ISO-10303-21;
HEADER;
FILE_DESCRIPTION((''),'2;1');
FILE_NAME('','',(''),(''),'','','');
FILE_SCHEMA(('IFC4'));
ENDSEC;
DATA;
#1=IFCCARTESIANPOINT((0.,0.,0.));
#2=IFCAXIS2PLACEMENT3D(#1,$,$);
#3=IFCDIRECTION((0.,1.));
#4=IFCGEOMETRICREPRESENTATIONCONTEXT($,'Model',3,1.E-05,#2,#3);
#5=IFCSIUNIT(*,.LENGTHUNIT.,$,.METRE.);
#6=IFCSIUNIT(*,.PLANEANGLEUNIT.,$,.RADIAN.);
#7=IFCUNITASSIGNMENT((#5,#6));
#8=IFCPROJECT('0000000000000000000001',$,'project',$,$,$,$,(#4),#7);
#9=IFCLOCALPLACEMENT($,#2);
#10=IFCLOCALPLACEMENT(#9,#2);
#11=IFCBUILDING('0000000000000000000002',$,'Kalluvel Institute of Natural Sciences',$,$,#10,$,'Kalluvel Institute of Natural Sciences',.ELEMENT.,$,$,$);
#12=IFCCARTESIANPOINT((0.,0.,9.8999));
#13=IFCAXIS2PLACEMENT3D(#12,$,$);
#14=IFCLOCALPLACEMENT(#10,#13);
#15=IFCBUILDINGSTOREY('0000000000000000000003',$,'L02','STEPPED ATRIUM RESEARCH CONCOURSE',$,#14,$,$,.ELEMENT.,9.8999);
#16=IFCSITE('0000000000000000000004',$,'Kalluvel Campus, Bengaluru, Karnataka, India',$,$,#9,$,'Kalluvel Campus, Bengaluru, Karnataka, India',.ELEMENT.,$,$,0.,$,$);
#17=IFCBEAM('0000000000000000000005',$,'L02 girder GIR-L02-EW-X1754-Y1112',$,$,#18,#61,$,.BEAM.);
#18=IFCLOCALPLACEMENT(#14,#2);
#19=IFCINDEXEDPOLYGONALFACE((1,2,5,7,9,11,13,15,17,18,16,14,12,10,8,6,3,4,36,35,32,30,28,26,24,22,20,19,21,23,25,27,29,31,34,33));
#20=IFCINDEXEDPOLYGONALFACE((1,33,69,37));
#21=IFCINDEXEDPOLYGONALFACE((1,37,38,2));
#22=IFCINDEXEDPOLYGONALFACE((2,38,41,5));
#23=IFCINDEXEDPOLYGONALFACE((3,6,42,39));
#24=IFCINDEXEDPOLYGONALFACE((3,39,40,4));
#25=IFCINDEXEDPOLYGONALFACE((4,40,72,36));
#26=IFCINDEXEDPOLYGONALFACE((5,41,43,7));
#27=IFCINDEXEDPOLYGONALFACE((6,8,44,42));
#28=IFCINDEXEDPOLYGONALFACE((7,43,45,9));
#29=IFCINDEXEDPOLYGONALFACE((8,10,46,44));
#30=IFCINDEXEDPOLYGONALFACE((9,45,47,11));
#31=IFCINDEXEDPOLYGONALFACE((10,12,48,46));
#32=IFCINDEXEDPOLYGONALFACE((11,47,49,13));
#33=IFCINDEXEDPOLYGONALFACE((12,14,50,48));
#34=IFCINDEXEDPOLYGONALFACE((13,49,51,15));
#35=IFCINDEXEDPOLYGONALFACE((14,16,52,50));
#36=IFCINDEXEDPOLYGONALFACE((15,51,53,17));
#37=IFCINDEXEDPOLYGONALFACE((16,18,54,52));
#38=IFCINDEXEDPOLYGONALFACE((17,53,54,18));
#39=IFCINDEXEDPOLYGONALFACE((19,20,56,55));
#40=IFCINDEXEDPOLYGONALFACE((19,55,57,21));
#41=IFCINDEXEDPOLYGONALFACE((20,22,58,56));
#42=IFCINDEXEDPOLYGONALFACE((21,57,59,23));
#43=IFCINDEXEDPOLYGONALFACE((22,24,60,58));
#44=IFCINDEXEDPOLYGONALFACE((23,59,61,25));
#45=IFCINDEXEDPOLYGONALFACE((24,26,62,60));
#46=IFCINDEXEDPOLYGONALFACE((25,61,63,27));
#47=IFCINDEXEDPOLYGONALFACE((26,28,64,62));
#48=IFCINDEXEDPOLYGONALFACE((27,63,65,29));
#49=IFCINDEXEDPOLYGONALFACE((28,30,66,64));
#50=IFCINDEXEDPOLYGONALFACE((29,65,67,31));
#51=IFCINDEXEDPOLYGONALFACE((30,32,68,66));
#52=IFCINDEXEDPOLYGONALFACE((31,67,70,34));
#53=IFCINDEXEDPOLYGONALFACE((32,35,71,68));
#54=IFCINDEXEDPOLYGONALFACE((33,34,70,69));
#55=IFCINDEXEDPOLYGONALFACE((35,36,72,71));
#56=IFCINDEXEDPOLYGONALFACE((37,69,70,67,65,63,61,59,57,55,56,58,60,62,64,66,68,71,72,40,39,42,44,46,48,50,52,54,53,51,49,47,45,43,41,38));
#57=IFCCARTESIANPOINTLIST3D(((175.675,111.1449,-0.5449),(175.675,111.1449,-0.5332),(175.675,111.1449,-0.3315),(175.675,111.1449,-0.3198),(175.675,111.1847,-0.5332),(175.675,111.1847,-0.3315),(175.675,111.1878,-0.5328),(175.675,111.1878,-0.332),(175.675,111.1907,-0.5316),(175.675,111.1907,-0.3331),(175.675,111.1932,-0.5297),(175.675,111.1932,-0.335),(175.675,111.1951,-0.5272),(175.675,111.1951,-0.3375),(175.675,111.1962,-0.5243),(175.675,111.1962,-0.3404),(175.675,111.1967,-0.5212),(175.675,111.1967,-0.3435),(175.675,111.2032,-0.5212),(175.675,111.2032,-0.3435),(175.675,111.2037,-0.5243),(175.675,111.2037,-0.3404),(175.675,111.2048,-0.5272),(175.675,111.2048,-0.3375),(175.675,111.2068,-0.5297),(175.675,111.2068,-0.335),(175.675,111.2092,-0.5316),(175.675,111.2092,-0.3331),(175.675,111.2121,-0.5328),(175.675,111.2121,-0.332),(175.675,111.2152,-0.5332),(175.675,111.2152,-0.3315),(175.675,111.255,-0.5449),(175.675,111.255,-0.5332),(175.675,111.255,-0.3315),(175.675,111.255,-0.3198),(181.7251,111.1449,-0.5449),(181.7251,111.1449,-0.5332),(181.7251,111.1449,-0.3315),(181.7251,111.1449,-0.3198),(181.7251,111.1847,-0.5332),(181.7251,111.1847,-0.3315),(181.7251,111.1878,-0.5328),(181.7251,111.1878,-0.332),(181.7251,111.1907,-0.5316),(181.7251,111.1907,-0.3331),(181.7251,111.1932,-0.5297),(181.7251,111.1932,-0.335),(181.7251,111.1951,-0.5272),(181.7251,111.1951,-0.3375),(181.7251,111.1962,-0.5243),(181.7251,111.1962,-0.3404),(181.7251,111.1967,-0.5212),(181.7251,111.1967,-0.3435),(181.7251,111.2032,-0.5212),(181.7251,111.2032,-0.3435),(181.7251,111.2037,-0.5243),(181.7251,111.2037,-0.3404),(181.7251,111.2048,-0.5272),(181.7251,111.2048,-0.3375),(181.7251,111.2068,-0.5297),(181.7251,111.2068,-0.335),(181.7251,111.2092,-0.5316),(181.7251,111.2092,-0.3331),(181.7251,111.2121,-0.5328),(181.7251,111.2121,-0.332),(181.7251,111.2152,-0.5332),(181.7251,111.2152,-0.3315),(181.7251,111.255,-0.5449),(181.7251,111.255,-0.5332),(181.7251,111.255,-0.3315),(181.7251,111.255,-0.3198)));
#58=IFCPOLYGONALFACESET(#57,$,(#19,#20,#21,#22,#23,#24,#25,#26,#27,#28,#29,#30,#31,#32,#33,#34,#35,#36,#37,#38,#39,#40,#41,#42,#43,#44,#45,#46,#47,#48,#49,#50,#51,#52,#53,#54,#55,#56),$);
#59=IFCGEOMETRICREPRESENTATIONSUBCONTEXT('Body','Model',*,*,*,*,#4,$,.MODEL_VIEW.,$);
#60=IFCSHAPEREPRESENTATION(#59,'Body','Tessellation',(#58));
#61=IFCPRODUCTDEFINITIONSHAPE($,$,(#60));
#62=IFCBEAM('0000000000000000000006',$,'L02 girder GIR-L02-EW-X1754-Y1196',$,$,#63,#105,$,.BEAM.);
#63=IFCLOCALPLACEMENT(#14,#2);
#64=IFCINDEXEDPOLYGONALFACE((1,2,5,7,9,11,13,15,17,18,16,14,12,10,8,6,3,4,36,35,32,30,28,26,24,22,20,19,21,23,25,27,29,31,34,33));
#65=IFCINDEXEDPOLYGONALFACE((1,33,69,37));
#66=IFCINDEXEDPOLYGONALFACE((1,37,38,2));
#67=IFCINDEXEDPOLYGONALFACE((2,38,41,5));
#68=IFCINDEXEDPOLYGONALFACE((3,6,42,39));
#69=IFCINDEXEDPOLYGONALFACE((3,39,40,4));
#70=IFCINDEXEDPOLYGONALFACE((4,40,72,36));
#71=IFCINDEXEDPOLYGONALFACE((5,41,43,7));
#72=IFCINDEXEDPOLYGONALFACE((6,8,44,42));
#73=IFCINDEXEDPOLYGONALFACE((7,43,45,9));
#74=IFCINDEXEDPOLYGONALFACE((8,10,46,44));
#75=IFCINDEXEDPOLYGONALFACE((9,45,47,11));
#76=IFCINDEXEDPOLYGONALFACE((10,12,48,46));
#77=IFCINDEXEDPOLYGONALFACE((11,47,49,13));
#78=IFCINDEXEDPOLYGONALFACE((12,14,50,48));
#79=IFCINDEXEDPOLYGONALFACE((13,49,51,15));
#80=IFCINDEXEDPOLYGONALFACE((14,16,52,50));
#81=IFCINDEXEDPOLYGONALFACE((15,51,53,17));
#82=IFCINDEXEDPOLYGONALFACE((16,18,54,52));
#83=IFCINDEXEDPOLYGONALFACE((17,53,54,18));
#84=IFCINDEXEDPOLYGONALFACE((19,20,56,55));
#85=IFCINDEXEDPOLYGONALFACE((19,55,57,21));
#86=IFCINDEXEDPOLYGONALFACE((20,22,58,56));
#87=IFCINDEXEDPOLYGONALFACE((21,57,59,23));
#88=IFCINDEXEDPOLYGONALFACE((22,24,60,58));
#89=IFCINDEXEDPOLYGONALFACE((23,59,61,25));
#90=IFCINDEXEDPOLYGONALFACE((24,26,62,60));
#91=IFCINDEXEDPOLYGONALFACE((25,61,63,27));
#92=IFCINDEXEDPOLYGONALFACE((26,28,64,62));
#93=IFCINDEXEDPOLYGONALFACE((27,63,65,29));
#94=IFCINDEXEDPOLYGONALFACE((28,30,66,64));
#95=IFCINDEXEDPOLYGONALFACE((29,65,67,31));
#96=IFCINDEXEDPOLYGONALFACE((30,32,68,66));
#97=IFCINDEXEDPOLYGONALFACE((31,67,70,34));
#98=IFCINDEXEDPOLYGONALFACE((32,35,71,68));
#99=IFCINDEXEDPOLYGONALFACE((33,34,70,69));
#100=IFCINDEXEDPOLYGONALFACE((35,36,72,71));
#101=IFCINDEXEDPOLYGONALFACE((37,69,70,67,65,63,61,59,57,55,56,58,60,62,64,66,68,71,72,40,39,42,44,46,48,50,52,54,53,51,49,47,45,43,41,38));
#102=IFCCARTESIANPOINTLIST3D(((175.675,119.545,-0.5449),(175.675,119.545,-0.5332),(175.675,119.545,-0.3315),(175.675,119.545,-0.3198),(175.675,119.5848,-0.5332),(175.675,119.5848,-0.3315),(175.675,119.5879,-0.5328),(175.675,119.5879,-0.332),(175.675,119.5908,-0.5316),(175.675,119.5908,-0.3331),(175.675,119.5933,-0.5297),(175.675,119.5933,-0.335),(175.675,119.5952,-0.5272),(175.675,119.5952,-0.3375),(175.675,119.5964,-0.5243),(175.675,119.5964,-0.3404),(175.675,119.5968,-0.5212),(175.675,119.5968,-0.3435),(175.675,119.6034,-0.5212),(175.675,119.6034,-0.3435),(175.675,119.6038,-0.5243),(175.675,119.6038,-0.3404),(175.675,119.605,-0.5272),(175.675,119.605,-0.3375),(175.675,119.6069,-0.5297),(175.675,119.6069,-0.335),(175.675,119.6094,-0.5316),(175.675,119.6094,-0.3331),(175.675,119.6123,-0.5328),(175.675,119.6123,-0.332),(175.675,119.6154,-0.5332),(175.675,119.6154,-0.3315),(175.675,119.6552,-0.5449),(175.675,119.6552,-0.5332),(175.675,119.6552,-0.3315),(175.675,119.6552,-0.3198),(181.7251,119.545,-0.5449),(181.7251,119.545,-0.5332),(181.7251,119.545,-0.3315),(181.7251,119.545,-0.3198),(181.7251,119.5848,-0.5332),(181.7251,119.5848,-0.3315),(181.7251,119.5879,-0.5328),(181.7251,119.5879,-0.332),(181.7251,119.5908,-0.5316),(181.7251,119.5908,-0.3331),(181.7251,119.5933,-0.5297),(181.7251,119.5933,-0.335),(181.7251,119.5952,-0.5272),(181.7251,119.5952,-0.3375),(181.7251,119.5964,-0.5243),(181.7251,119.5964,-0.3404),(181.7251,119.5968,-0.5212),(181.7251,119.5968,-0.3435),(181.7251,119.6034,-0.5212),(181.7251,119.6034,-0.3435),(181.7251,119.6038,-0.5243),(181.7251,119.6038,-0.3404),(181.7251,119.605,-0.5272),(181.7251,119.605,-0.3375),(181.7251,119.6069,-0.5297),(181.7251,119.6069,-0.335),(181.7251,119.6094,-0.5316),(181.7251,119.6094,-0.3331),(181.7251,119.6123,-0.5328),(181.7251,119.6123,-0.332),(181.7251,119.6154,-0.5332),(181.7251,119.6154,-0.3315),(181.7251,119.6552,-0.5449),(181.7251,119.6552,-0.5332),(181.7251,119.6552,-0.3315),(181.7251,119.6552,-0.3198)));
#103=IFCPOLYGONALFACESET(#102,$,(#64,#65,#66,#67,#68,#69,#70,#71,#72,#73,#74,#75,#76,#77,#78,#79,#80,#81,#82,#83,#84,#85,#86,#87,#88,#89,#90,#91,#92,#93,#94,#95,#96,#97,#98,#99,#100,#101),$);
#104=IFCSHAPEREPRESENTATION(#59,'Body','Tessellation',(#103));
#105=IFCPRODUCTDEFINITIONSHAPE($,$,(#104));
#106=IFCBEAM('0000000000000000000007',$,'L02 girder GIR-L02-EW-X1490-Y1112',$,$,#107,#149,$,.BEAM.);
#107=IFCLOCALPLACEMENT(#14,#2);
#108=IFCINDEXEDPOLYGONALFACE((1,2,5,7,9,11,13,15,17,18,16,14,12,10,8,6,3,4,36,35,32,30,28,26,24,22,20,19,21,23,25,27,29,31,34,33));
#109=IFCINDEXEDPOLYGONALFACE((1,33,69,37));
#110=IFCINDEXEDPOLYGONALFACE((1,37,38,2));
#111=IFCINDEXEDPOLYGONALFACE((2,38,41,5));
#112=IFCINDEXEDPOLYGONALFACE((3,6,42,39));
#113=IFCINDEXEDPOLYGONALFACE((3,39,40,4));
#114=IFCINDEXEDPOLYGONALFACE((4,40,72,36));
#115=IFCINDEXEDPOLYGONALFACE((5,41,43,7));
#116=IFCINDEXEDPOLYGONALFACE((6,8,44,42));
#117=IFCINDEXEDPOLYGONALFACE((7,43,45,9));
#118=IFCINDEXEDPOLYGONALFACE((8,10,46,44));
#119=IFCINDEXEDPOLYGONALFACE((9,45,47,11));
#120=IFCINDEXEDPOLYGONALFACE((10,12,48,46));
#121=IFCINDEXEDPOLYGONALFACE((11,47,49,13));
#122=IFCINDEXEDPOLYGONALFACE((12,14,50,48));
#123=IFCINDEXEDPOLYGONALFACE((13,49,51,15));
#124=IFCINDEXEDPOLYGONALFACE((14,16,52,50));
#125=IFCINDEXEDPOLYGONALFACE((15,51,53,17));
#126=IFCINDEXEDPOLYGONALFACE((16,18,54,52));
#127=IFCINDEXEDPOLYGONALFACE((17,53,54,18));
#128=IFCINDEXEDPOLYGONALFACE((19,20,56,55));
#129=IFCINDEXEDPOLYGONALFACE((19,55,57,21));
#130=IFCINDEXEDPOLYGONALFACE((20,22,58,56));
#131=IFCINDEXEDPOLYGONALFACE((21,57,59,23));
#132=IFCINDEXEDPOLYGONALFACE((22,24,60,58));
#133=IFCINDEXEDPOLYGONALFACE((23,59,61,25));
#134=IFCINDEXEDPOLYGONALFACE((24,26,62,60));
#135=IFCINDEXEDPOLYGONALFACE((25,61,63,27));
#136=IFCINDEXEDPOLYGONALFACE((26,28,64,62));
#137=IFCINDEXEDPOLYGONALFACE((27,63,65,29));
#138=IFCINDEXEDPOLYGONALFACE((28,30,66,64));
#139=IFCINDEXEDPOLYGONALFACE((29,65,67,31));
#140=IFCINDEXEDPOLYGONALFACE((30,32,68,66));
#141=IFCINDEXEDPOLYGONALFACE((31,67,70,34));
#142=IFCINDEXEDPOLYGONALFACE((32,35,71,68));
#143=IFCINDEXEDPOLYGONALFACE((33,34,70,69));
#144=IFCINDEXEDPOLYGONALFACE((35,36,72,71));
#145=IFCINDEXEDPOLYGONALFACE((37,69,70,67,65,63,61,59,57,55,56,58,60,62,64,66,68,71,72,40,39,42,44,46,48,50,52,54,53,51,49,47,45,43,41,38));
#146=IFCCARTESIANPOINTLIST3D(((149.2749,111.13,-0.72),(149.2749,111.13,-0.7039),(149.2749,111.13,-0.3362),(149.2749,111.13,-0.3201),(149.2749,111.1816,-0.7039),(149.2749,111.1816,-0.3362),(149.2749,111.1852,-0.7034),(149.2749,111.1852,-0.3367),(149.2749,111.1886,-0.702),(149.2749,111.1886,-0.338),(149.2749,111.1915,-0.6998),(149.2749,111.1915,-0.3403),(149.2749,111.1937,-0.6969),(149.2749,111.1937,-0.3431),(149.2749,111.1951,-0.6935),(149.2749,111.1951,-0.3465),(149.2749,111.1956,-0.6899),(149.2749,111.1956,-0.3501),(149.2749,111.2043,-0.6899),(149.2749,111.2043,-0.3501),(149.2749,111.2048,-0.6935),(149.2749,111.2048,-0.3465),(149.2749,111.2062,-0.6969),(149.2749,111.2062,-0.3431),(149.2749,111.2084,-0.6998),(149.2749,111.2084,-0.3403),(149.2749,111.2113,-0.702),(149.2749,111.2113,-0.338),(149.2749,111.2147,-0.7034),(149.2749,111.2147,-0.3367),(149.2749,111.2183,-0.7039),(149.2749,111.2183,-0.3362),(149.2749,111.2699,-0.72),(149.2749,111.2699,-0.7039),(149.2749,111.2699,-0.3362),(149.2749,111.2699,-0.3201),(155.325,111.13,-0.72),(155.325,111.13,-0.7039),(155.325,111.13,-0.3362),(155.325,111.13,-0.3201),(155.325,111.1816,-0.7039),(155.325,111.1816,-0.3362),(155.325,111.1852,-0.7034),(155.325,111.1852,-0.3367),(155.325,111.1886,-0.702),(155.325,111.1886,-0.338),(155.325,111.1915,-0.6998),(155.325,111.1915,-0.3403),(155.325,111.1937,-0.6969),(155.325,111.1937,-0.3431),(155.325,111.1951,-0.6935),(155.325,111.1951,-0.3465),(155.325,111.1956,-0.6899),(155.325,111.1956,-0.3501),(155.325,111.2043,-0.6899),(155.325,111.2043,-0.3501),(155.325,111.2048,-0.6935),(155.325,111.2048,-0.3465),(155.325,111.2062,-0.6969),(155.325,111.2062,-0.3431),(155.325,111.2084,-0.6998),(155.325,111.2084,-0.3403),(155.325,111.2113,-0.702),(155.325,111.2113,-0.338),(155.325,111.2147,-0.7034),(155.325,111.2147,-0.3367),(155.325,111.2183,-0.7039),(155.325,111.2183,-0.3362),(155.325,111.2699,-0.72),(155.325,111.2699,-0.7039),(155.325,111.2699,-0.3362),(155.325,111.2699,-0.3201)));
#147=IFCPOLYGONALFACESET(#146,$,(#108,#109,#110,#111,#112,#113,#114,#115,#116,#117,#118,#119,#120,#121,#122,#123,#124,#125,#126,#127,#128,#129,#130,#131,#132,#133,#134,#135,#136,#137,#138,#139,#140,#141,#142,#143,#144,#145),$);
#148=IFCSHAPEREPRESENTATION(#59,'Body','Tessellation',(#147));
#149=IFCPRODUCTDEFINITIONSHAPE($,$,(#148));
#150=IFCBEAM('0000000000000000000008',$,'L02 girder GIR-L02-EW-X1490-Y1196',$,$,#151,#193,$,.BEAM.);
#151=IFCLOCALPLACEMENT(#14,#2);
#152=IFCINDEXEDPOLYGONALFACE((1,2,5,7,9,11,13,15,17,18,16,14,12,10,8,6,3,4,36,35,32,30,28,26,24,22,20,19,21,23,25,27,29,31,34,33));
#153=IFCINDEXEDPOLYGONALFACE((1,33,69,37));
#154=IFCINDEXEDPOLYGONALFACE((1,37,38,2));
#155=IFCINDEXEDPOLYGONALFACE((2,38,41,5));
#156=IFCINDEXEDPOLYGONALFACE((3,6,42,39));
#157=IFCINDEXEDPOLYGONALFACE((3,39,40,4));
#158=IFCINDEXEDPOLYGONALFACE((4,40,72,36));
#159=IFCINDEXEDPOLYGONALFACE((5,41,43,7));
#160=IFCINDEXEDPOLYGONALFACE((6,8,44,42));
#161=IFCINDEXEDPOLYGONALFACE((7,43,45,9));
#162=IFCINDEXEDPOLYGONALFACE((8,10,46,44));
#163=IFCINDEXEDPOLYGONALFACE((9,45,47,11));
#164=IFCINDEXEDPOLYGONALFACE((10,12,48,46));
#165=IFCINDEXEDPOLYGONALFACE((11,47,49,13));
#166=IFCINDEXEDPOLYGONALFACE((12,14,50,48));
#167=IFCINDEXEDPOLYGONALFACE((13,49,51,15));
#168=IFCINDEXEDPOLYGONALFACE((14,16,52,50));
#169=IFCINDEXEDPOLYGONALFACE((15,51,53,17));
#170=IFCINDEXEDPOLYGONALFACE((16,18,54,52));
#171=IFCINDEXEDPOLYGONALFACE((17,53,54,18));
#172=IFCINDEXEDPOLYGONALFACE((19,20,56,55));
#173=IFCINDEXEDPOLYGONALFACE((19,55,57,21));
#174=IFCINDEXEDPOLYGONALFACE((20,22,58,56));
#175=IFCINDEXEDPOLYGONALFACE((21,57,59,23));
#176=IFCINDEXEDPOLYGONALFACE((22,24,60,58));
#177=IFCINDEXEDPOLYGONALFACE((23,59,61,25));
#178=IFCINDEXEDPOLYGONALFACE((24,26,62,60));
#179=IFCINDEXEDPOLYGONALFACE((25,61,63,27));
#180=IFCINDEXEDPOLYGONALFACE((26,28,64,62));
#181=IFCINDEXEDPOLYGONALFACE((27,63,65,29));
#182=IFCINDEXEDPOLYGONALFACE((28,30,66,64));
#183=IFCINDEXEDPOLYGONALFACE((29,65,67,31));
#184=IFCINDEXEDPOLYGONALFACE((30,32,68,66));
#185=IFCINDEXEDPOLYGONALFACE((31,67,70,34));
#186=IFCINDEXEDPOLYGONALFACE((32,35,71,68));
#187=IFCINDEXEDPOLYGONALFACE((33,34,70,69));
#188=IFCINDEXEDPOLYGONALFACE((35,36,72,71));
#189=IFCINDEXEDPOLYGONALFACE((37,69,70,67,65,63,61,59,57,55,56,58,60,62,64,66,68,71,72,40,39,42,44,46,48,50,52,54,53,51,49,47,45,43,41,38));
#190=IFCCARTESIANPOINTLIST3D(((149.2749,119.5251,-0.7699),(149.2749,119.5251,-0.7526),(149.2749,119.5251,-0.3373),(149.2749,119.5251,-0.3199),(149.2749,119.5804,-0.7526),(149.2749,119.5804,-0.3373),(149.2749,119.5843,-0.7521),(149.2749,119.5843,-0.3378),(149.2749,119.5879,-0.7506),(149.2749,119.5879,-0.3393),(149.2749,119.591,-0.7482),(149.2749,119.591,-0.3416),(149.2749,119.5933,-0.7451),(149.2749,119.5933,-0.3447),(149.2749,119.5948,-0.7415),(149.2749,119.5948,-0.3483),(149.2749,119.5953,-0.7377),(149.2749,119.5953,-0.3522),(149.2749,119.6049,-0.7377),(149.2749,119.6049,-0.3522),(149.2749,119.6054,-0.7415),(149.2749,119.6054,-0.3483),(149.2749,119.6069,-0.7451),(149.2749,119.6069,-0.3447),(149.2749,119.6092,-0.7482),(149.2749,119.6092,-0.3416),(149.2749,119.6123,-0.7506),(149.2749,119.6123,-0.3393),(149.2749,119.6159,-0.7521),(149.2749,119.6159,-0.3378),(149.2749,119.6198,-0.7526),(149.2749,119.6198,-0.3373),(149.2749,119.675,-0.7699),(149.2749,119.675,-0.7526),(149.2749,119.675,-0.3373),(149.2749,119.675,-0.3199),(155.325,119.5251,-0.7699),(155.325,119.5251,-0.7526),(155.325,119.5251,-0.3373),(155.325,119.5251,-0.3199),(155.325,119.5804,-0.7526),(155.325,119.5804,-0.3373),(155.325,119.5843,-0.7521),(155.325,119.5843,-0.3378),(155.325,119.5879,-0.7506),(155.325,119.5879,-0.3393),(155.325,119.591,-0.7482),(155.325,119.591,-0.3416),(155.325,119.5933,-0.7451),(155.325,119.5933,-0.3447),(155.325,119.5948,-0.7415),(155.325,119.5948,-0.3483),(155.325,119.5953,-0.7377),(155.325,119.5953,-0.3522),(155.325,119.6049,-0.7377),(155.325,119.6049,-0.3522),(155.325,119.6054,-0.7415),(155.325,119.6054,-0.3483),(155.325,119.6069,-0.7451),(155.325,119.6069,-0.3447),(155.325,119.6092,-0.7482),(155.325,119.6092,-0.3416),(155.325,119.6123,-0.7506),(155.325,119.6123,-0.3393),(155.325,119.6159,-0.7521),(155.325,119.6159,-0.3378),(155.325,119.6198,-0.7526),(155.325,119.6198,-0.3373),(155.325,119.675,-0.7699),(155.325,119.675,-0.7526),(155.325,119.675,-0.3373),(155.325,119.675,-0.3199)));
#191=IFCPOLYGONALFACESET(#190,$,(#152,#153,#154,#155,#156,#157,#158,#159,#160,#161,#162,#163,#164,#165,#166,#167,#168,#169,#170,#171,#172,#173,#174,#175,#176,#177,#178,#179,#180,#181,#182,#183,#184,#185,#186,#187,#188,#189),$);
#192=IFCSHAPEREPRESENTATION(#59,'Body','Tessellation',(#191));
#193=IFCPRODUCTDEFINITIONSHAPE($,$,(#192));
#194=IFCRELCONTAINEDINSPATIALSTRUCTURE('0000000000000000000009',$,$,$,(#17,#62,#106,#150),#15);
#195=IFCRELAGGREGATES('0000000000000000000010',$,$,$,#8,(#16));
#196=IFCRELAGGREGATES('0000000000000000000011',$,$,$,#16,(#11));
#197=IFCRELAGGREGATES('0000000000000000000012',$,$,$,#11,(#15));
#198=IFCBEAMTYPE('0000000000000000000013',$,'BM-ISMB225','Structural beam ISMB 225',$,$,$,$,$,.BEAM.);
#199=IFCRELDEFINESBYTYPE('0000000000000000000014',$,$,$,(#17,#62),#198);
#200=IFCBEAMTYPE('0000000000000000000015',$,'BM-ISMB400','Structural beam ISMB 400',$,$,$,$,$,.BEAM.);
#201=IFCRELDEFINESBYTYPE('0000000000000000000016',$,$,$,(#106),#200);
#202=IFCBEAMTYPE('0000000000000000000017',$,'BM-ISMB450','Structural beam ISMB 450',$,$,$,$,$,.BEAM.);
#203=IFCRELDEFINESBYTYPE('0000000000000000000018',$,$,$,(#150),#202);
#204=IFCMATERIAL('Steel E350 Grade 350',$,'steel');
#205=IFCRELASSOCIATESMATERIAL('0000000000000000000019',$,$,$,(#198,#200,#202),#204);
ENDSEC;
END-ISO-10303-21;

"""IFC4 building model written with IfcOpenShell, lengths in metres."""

from ifc_helpers import new_model, si_unit, direction, frame, origin, origin_2d, place, context, subcontext, project, spatial, i_section, extrude, material, material_profile, profile_set, type_object, element, save


model = new_model("IFC4")

# Units and contexts
model_context = context("Model", 3, precision=1e-05, world=origin(), true_north=direction((0.0, 1.0)))
body_context = subcontext(model_context, "Body", "Model", "MODEL_VIEW")
ifc_project = project(units=[si_unit("LENGTHUNIT", "METRE"), si_unit("PLANEANGLEUNIT", "RADIAN")], contexts=[model_context])

# Site, building, storey
site_placement = place(None, origin())
site = spatial("IfcSite", under=ifc_project, at=site_placement, Name="Kalluvel Campus, Bengaluru, Karnataka, India", LongName="Kalluvel Campus, Bengaluru, Karnataka, India", CompositionType="ELEMENT", RefElevation=0.0)
building_placement = place(site_placement, origin())
building = spatial("IfcBuilding", under=site, at=building_placement, Name="Kalluvel Institute of Natural Sciences", LongName="Kalluvel Institute of Natural Sciences", CompositionType="ELEMENT")
storey_placement = place(building_placement, frame((0.0, 0.0, 9.8999)))
storey = spatial("IfcBuildingStorey", under=building, at=storey_placement, Name="L02", Description="STEPPED ATRIUM RESEARCH CONCOURSE", CompositionType="ELEMENT", Elevation=9.8999)

# Beams
ifc_material_1 = material(Name="Steel E350 Grade 350", Category="steel")
ifc_material_profile_1 = material_profile(ifc_material_1, i_section(OverallWidth=0.1101, OverallDepth=0.2251, WebThickness=0.0066, FlangeThickness=0.0117, FilletRadius=0.012, at=origin_2d()), Name="ISMB 225")
ifc_profile_set_1 = profile_set([ifc_material_profile_1], Name="Steel E350 Grade 350")
beam_type_1 = type_object("IfcBeamType", Name="BM-ISMB225", Description="Structural beam ISMB 225", PredefinedType="BEAM", material=ifc_profile_set_1)
for number, where, z_axis, x_axis, name in (
    (1, (175.675, 111.2, -0.4324), (1.0, 0.0, 0.0), (0.0, 1.0, 0.0), "L02 girder GIR-L02-EW-X1754-Y1112"),
    (2, (175.675, 119.6001, -0.4324), (1.0, 0.0, 0.0), (0.0, 1.0, 0.0), "L02 girder GIR-L02-EW-X1754-Y1196"),
):
    element("IfcBeam", number, at=place(storey_placement, frame(where, z_axis=z_axis, x_axis=x_axis)), inside=storey, type_object=beam_type_1, Name=name, PredefinedType="BEAM", context=body_context, shape_type="SweptSolid", body=[
        extrude(i_section(OverallWidth=0.1101, OverallDepth=0.2251, WebThickness=0.0066, FlangeThickness=0.0117, FilletRadius=0.012, at=origin_2d()), origin(), (0.0, 0.0, 1.0), 6.05),
    ])
ifc_material_profile_2 = material_profile(ifc_material_1, i_section(OverallWidth=0.1399, OverallDepth=0.3999, WebThickness=0.0088, FlangeThickness=0.0161, FilletRadius=0.0139, at=origin_2d()), Name="ISMB 400")
ifc_profile_set_2 = profile_set([ifc_material_profile_2], Name="Steel E350 Grade 350")
beam_type_2 = type_object("IfcBeamType", Name="BM-ISMB400", Description="Structural beam ISMB 400", PredefinedType="BEAM", material=ifc_profile_set_2)
beam_1_placement = place(storey_placement, frame((149.2749, 111.2, -0.52), z_axis=(1.0, 0.0, 0.0), x_axis=(0.0, 1.0, 0.0)))
element("IfcBeam", 3, at=beam_1_placement, inside=storey, type_object=beam_type_2, Name="L02 girder GIR-L02-EW-X1490-Y1112", PredefinedType="BEAM", context=body_context, shape_type="SweptSolid", body=[
    extrude(i_section(OverallWidth=0.1399, OverallDepth=0.3999, WebThickness=0.0088, FlangeThickness=0.0161, FilletRadius=0.0139, at=origin_2d()), origin(), (0.0, 0.0, 1.0), 6.05),
])
ifc_material_profile_3 = material_profile(ifc_material_1, i_section(OverallWidth=0.1499, OverallDepth=0.45, WebThickness=0.0095, FlangeThickness=0.0173, FilletRadius=0.0149, at=origin_2d()), Name="ISMB 450")
ifc_profile_set_3 = profile_set([ifc_material_profile_3], Name="Steel E350 Grade 350")
beam_type_3 = type_object("IfcBeamType", Name="BM-ISMB450", Description="Structural beam ISMB 450", PredefinedType="BEAM", material=ifc_profile_set_3)
beam_2_placement = place(storey_placement, frame((149.2749, 119.6001, -0.5449), z_axis=(1.0, 0.0, 0.0), x_axis=(0.0, 1.0, 0.0)))
element("IfcBeam", 4, at=beam_2_placement, inside=storey, type_object=beam_type_3, Name="L02 girder GIR-L02-EW-X1490-Y1196", PredefinedType="BEAM", context=body_context, shape_type="SweptSolid", body=[
    extrude(i_section(OverallWidth=0.1499, OverallDepth=0.45, WebThickness=0.0095, FlangeThickness=0.0173, FilletRadius=0.0149, at=origin_2d()), origin(), (0.0, 0.0, 1.0), 6.05),
])

save(model, "model.ifc")
